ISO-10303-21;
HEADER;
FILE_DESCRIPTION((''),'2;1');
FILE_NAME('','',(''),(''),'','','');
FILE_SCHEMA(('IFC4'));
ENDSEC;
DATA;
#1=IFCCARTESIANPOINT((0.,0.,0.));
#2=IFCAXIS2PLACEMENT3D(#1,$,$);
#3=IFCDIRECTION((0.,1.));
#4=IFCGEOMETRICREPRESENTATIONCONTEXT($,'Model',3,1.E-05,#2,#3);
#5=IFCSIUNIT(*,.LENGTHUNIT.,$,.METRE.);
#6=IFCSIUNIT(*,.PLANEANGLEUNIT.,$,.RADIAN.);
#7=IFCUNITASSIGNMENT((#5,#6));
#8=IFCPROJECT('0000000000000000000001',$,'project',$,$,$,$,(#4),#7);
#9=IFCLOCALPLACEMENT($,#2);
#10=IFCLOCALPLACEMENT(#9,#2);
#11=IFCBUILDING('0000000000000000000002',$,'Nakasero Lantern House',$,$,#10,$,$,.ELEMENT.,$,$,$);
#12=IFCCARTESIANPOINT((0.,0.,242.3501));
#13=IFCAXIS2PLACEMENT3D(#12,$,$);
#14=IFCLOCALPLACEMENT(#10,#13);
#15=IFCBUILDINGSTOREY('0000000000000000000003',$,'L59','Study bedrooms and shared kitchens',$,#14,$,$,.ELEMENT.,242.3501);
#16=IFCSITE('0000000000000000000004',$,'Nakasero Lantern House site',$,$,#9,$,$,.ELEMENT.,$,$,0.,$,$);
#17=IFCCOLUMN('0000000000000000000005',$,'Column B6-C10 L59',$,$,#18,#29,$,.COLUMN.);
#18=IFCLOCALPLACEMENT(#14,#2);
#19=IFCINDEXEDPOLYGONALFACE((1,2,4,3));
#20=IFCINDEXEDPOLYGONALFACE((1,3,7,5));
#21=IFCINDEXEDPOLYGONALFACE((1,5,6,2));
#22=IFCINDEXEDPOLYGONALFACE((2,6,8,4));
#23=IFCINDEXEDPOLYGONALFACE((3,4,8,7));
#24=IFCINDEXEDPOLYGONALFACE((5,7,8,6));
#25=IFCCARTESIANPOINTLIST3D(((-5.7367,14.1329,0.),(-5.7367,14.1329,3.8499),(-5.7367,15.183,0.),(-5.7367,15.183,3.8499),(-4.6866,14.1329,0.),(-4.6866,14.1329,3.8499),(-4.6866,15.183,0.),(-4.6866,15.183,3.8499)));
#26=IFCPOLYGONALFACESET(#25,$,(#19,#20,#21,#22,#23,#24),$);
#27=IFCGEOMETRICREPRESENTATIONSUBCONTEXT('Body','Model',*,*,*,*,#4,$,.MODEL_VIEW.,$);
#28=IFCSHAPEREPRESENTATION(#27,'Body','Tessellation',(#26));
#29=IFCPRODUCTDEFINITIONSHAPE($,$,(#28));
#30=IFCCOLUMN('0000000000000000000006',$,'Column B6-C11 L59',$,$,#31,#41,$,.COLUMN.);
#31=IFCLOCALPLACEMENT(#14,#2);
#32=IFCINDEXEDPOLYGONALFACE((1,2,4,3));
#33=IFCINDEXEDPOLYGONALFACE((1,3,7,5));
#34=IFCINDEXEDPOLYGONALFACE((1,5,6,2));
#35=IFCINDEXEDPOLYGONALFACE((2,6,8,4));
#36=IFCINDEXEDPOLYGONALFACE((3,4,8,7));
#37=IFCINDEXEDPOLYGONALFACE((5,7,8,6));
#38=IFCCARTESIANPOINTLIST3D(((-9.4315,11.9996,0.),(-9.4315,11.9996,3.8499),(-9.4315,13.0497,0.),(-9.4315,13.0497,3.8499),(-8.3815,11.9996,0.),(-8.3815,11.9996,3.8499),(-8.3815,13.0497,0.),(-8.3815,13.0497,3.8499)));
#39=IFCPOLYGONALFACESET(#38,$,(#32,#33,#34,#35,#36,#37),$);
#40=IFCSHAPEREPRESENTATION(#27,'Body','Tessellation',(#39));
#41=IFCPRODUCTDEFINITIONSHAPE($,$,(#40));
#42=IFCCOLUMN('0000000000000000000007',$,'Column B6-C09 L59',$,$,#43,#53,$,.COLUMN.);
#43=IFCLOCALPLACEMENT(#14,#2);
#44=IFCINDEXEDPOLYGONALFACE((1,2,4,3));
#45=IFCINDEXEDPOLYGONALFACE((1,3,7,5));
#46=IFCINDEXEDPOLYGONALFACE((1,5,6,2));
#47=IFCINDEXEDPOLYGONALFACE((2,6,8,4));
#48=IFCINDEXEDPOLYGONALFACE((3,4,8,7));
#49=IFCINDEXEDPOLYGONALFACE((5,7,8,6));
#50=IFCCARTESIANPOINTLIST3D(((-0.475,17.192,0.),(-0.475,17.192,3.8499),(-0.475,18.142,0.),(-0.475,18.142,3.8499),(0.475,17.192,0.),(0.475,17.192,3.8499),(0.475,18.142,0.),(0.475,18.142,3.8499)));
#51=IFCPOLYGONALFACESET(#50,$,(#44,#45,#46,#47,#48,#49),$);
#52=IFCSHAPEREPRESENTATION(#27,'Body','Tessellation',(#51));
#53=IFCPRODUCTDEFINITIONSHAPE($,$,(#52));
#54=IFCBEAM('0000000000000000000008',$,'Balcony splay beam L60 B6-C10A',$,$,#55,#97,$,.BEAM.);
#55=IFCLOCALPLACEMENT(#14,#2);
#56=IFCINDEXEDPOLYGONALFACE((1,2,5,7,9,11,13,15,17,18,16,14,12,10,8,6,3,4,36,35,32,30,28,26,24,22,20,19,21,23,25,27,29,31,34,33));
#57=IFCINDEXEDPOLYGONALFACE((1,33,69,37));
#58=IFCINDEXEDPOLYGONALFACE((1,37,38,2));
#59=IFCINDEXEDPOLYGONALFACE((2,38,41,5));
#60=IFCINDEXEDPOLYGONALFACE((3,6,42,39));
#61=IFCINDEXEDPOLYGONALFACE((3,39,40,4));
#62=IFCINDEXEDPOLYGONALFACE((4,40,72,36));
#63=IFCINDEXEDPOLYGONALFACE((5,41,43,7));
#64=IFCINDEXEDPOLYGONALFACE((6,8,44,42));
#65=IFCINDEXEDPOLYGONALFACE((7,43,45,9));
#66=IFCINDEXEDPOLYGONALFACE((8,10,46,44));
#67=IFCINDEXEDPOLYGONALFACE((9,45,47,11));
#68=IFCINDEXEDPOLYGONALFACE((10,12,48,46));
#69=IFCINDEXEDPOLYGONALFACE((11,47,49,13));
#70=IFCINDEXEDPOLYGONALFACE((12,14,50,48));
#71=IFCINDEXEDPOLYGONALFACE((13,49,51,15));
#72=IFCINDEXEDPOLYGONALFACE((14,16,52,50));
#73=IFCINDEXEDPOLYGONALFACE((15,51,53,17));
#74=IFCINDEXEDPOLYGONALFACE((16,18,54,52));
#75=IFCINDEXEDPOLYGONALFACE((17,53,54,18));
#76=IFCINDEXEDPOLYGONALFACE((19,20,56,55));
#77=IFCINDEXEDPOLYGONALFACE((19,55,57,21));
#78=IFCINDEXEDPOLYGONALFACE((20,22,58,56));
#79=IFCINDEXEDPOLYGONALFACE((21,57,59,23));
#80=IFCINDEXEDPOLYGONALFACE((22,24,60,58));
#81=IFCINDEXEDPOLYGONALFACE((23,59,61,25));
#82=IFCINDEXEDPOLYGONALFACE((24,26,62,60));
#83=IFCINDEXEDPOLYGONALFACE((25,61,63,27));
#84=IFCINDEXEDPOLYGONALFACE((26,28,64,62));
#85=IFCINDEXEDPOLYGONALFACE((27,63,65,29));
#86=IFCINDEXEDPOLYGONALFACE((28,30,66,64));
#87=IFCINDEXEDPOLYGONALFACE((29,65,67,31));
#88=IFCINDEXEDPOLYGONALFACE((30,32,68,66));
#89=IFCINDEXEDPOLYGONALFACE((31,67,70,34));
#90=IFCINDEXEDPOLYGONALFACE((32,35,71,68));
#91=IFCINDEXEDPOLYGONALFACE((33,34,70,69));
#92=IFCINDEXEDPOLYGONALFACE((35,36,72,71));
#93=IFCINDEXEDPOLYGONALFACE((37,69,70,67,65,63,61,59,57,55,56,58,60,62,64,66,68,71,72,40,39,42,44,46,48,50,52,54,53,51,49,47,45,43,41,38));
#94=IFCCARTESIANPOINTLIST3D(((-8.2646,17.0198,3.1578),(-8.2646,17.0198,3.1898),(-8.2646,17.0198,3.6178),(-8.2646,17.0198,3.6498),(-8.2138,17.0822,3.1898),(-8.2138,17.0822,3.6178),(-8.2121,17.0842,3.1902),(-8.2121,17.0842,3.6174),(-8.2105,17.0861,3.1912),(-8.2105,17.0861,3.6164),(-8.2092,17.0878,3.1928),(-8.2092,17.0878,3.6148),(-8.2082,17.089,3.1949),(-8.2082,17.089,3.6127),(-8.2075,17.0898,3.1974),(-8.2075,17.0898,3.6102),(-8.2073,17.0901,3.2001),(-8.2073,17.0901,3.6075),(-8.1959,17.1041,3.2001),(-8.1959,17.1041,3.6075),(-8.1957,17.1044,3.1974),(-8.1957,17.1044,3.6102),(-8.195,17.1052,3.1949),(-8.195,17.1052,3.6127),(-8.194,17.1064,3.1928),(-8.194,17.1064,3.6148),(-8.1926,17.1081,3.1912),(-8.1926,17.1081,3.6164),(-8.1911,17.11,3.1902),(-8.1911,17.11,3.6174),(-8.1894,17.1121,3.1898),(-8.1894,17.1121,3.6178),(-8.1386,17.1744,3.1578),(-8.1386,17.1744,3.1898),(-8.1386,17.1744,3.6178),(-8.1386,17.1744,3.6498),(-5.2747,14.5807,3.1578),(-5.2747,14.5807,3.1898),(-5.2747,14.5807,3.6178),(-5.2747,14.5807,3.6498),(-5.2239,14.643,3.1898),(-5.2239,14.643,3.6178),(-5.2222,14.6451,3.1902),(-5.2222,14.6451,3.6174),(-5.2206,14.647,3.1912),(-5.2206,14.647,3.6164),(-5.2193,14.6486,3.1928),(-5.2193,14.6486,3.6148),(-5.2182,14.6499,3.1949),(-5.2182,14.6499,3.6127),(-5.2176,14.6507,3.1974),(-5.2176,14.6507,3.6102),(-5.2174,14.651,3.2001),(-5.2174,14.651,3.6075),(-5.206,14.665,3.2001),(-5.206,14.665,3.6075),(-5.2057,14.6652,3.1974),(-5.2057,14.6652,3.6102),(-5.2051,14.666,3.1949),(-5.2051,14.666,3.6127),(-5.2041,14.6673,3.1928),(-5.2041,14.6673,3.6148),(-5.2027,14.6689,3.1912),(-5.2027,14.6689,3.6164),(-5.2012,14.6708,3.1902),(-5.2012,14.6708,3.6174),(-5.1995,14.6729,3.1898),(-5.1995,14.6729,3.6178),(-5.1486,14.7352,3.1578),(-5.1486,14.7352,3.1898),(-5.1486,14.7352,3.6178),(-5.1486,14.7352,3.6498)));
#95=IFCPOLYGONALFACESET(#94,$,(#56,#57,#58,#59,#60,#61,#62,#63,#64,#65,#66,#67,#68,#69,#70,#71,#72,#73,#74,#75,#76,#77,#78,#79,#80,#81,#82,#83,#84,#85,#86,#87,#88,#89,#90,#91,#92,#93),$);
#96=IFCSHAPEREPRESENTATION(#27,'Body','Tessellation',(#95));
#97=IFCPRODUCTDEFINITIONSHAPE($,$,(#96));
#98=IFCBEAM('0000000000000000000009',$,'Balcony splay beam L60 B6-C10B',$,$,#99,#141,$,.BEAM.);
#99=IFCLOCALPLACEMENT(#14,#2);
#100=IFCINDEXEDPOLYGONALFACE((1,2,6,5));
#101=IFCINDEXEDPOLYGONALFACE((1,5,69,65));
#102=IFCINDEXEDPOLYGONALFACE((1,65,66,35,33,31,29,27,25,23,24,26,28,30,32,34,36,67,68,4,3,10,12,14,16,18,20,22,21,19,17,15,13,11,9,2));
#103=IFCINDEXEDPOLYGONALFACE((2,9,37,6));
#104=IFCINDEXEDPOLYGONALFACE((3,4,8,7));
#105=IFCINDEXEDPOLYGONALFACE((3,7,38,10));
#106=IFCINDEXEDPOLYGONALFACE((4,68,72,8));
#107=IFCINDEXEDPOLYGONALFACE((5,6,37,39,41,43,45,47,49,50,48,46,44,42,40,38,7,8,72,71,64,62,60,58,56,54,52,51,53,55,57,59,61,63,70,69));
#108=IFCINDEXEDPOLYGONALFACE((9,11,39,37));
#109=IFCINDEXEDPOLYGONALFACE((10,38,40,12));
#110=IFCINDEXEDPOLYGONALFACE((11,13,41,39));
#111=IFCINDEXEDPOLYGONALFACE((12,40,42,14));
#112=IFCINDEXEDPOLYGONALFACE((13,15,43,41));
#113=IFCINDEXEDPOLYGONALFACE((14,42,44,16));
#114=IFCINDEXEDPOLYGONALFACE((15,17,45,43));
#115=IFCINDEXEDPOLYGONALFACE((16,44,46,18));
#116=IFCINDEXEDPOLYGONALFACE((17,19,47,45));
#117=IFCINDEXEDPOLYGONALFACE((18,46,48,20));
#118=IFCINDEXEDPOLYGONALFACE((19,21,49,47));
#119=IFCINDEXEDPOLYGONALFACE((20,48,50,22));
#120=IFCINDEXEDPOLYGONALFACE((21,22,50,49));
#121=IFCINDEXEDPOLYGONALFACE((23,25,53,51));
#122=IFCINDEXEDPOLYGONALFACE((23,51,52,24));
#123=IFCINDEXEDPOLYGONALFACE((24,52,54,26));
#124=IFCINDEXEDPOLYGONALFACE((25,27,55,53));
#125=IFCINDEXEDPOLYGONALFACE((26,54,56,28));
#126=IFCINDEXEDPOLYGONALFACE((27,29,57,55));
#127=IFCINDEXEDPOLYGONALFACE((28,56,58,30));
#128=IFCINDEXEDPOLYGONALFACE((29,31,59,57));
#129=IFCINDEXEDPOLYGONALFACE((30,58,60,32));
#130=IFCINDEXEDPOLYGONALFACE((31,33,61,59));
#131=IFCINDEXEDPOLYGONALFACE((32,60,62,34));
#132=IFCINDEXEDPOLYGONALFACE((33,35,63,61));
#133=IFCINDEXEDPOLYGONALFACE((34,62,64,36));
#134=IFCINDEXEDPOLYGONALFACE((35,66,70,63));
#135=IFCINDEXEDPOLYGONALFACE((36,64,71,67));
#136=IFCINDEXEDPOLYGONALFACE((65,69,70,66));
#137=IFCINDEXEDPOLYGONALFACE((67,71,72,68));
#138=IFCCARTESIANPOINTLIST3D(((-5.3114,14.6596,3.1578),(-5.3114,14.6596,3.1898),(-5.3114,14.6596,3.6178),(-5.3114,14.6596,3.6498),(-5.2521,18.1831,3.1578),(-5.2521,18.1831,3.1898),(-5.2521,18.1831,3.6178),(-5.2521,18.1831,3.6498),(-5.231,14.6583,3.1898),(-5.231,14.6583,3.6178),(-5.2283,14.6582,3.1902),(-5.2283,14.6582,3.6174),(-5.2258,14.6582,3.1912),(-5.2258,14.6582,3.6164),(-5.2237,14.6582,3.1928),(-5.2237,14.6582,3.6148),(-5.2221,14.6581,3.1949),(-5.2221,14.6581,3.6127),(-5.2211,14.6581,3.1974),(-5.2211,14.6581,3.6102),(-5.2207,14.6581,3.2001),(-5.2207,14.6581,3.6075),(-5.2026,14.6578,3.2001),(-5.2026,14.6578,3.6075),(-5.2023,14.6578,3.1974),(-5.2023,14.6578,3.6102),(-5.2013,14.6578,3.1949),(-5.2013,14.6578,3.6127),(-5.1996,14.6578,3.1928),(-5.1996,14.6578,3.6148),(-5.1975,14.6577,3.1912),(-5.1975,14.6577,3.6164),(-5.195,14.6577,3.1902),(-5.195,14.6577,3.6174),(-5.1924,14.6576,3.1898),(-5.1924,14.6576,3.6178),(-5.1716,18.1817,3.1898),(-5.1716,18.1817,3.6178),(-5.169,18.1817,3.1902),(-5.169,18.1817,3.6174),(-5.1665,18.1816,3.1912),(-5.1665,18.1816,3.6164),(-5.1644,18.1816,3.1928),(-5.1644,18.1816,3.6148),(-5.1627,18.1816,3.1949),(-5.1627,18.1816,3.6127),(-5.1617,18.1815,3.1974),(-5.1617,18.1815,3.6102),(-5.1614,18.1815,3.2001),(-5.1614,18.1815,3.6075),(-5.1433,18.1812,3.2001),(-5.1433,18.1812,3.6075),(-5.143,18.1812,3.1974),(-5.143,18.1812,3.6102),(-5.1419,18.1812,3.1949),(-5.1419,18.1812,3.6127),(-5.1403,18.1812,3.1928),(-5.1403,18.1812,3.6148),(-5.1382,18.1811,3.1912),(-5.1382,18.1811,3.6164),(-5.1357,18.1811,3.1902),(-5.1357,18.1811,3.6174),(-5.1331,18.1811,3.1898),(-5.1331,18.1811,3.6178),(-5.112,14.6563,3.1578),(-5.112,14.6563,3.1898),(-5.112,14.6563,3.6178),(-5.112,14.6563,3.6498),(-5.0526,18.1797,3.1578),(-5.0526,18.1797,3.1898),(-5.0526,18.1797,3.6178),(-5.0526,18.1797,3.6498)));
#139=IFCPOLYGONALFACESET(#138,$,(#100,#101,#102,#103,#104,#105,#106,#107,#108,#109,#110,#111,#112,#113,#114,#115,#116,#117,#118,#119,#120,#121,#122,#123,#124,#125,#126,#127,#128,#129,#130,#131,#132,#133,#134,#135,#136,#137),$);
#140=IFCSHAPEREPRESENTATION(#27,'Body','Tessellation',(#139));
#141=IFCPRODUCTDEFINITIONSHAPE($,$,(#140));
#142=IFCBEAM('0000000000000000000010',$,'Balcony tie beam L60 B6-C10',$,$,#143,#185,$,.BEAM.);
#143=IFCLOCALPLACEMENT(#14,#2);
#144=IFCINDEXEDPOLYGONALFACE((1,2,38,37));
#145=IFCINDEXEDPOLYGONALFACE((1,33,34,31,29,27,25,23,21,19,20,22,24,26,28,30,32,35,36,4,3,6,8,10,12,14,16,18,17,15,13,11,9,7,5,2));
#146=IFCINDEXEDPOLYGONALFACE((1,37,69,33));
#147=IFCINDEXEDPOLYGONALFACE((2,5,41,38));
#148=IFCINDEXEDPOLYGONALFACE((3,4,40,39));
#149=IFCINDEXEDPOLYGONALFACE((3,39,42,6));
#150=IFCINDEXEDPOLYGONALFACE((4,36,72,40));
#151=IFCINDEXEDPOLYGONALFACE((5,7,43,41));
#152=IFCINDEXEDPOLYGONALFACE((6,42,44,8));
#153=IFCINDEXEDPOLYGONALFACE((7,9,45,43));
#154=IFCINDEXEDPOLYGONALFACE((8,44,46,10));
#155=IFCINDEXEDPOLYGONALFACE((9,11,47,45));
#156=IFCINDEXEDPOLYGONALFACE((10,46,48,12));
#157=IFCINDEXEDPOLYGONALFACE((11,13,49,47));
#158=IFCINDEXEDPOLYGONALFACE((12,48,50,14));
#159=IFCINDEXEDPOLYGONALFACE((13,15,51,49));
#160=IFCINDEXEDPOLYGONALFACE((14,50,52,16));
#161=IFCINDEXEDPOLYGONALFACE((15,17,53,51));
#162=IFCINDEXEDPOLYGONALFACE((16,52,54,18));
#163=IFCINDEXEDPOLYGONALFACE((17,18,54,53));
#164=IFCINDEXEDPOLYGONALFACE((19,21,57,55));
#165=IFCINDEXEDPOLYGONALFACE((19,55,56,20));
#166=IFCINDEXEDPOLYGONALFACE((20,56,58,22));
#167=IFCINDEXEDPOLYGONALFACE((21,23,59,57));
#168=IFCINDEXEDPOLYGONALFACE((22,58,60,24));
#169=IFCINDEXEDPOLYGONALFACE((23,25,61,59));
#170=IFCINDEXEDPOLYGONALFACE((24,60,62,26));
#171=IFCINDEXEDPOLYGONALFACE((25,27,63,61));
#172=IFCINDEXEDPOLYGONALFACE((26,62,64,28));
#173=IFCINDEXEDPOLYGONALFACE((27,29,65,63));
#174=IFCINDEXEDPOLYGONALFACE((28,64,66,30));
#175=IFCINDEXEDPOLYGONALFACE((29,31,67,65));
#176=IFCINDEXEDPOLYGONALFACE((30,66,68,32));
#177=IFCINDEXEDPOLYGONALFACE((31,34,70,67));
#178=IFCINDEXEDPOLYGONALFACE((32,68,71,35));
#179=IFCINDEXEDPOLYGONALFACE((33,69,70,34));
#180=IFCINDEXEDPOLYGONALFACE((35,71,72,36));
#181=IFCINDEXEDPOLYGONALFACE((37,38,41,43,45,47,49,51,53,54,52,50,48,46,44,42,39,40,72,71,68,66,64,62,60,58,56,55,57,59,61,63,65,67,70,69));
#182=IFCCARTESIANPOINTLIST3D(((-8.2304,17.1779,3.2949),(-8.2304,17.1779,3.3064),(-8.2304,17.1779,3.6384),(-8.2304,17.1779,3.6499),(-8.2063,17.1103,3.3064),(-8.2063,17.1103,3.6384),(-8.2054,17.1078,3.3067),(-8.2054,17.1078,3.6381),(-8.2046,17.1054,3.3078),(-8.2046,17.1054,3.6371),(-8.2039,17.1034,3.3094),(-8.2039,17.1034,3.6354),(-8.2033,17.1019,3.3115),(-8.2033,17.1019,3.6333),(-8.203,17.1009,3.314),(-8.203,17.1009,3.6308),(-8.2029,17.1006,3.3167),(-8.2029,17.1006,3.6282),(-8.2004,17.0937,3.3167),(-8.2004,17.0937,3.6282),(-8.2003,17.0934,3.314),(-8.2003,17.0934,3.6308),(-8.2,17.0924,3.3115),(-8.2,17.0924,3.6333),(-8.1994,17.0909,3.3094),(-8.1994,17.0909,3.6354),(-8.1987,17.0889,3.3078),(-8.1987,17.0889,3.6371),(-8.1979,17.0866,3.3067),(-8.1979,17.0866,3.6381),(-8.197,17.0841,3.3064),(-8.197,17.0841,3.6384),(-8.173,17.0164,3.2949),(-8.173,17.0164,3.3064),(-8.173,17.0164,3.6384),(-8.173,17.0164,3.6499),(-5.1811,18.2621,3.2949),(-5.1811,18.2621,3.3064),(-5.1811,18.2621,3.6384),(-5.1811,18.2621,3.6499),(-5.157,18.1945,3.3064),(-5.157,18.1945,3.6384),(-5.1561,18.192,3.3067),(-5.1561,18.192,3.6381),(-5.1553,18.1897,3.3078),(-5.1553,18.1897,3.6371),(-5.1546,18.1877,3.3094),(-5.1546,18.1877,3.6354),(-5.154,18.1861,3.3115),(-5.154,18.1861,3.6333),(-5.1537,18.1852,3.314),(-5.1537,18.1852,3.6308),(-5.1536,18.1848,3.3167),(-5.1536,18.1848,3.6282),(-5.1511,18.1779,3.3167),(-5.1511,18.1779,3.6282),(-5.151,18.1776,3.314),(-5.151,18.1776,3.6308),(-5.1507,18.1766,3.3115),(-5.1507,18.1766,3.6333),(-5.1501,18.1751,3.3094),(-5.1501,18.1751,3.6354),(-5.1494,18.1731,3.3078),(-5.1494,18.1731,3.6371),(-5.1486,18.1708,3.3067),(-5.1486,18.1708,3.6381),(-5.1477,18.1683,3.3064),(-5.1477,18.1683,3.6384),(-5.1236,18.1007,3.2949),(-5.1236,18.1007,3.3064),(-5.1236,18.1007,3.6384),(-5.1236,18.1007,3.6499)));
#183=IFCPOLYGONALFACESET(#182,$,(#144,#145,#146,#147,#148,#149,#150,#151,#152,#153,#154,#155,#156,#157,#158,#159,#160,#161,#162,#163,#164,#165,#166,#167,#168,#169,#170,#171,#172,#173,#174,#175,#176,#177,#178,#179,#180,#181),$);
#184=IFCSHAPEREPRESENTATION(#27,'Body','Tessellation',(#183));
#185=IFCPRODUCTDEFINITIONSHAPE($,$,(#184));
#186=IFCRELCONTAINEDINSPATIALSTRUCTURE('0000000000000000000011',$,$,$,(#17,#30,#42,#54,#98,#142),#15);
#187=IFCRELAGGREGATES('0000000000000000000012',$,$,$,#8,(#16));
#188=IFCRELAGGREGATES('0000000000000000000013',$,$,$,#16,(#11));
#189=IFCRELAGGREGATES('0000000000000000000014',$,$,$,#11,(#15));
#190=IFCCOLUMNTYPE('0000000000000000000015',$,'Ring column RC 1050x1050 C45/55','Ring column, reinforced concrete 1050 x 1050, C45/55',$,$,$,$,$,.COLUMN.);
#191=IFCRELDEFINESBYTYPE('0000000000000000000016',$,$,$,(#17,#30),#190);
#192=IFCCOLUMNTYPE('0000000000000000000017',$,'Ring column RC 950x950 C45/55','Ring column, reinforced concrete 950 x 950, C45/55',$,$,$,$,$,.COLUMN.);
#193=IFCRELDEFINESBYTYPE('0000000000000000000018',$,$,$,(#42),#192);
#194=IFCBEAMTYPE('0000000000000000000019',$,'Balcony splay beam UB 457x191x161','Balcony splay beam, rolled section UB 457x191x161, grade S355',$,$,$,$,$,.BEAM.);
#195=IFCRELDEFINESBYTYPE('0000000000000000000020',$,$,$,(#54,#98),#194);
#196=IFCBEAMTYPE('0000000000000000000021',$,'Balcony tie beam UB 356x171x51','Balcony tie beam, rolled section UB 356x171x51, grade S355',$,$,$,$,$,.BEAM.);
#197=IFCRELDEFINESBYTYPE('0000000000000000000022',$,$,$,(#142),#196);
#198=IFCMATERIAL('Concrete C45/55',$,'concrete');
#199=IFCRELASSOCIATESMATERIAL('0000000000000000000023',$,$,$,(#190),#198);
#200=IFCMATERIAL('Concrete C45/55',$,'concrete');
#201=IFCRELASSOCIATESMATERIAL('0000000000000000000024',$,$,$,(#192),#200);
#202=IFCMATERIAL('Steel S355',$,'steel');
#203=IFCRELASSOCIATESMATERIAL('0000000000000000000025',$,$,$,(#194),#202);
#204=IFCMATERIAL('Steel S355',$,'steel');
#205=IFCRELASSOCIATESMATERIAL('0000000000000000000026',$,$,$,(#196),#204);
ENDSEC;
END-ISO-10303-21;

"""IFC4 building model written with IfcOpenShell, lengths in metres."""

from ifc_helpers import new_model, si_unit, direction, frame, origin, origin_2d, place, context, subcontext, project, spatial, rectangle, i_section, extrude, material, material_profile, profile_set, type_object, element, save


model = new_model("IFC4")

# Units and contexts
model_context = context("Model", 3, precision=1e-05, world=origin(), true_north=direction((0.0, 1.0)))
body_context = subcontext(model_context, "Body", "Model", "MODEL_VIEW")
ifc_project = project(units=[si_unit("LENGTHUNIT", "METRE"), si_unit("PLANEANGLEUNIT", "RADIAN")], contexts=[model_context])

# Site, building, storey
site_placement = place(None, origin())
site = spatial("IfcSite", under=ifc_project, at=site_placement, Name="Nakasero Lantern House site", CompositionType="ELEMENT", RefElevation=0.0)
building_placement = place(site_placement, origin())
building = spatial("IfcBuilding", under=site, at=building_placement, Name="Nakasero Lantern House", CompositionType="ELEMENT")
storey_placement = place(building_placement, frame((0.0, 0.0, 242.3501)))
storey = spatial("IfcBuildingStorey", under=building, at=storey_placement, Name="L59", Description="Study bedrooms and shared kitchens", CompositionType="ELEMENT", Elevation=242.3501)

# Columns
ifc_material_1 = material(Name="Concrete C45/55", Category="concrete")
ifc_material_profile_1 = material_profile(ifc_material_1, rectangle(XDim=1.05, YDim=1.05, at=origin_2d()), Name="RC 1050x1050")
ifc_profile_set_1 = profile_set([ifc_material_profile_1], Name="Concrete C45/55")
column_type_1 = type_object("IfcColumnType", Name="Ring column RC 1050x1050 C45/55", Description="Ring column, reinforced concrete 1050 x 1050, C45/55", PredefinedType="COLUMN", material=ifc_profile_set_1)
for number, where, z_axis, x_axis, name in (
    (1, (-5.2117, 14.658, 0.0), (0.0, 0.0, 1.0), (1.0, 0.0, 0.0), "Column B6-C10 L59"),
    (2, (-8.9065, 12.5247, 0.0), (0.0, 0.0, 1.0), (1.0, 0.0, 0.0), "Column B6-C11 L59"),
):
    element("IfcColumn", number, at=place(storey_placement, frame(where, z_axis=z_axis, x_axis=x_axis)), inside=storey, type_object=column_type_1, Name=name, PredefinedType="COLUMN", context=body_context, shape_type="SweptSolid", body=[
        extrude(rectangle(XDim=1.05, YDim=1.05, at=origin_2d()), origin(), (0.0, 0.0, 1.0), 3.8499),
    ])
ifc_material_2 = material(Name="Concrete C45/55", Category="concrete")
ifc_material_profile_2 = material_profile(ifc_material_2, rectangle(XDim=0.95, YDim=0.95, at=origin_2d()), Name="RC 950x950")
ifc_profile_set_2 = profile_set([ifc_material_profile_2], Name="Concrete C45/55")
column_type_2 = type_object("IfcColumnType", Name="Ring column RC 950x950 C45/55", Description="Ring column, reinforced concrete 950 x 950, C45/55", PredefinedType="COLUMN", material=ifc_profile_set_2)
column_placement = place(storey_placement, frame((0.0, 17.667, 0.0), z_axis=(0.0, 0.0, 1.0), x_axis=(1.0, 0.0, 0.0)))
element("IfcColumn", 3, at=column_placement, inside=storey, type_object=column_type_2, Name="Column B6-C09 L59", PredefinedType="COLUMN", context=body_context, shape_type="SweptSolid", body=[
    extrude(rectangle(XDim=0.95, YDim=0.95, at=origin_2d()), origin(), (0.0, 0.0, 1.0), 3.8499),
])

# Beams
ifc_material_3 = material(Name="Steel S355", Category="steel")
ifc_material_profile_3 = material_profile(ifc_material_3, i_section(OverallWidth=0.1995, OverallDepth=0.4919, WebThickness=0.0181, FlangeThickness=0.032, FilletRadius=0.0103, at=origin_2d()), Name="UB 457x191x161")
ifc_profile_set_3 = profile_set([ifc_material_profile_3], Name="Steel S355")
beam_type_1 = type_object("IfcBeamType", Name="Balcony splay beam UB 457x191x161", Description="Balcony splay beam, rolled section UB 457x191x161, grade S355", PredefinedType="BEAM", material=ifc_profile_set_3)
beam_1_placement = place(storey_placement, frame((-5.2117, 14.658, 3.4038), z_axis=(-0.774864, 0.632128, 0.0), x_axis=(-0.632128, -0.774864, 0.0)))
element("IfcBeam", 4, at=beam_1_placement, inside=storey, type_object=beam_type_1, Name="Balcony splay beam L60 B6-C10A", PredefinedType="BEAM", context=body_context, shape_type="SweptSolid", body=[
    extrude(i_section(OverallWidth=0.1995, OverallDepth=0.4919, WebThickness=0.0181, FlangeThickness=0.032, FilletRadius=0.0103, at=origin_2d()), origin(), (0.0, 0.0, 1.0), 3.8586),
])
beam_2_placement = place(storey_placement, frame((-5.2117, 14.658, 3.4038), z_axis=(0.016835, 0.999858, 0.0), x_axis=(-0.999858, 0.016835, 0.0)))
element("IfcBeam", 5, at=beam_2_placement, inside=storey, type_object=beam_type_1, Name="Balcony splay beam L60 B6-C10B", PredefinedType="BEAM", context=body_context, shape_type="SweptSolid", body=[
    extrude(i_section(OverallWidth=0.1995, OverallDepth=0.4919, WebThickness=0.0181, FlangeThickness=0.032, FilletRadius=0.0103, at=origin_2d()), origin(), (0.0, 0.0, 1.0), 3.5239),
])
ifc_material_4 = material(Name="Steel S355", Category="steel")
ifc_material_profile_4 = material_profile(ifc_material_4, i_section(OverallWidth=0.1714, OverallDepth=0.355, WebThickness=0.0073, FlangeThickness=0.0115, FilletRadius=0.0103, at=origin_2d()), Name="UB 356x171x51")
ifc_profile_set_4 = profile_set([ifc_material_profile_4], Name="Steel S355")
beam_type_2 = type_object("IfcBeamType", Name="Balcony tie beam UB 356x171x51", Description="Balcony tie beam, rolled section UB 356x171x51, grade S355", PredefinedType="BEAM", material=ifc_profile_set_4)
beam_3_placement = place(storey_placement, frame((-8.2017, 17.0972, 3.4724), z_axis=(0.942212, 0.335017, 0.0), x_axis=(-0.335017, 0.942212, 0.0)))
element("IfcBeam", 6, at=beam_3_placement, inside=storey, type_object=beam_type_2, Name="Balcony tie beam L60 B6-C10", PredefinedType="BEAM", context=body_context, shape_type="SweptSolid", body=[
    extrude(i_section(OverallWidth=0.1714, OverallDepth=0.355, WebThickness=0.0073, FlangeThickness=0.0115, FilletRadius=0.0103, at=origin_2d()), origin(), (0.0, 0.0, 1.0), 3.2363),
])

save(model, "model.ifc")
